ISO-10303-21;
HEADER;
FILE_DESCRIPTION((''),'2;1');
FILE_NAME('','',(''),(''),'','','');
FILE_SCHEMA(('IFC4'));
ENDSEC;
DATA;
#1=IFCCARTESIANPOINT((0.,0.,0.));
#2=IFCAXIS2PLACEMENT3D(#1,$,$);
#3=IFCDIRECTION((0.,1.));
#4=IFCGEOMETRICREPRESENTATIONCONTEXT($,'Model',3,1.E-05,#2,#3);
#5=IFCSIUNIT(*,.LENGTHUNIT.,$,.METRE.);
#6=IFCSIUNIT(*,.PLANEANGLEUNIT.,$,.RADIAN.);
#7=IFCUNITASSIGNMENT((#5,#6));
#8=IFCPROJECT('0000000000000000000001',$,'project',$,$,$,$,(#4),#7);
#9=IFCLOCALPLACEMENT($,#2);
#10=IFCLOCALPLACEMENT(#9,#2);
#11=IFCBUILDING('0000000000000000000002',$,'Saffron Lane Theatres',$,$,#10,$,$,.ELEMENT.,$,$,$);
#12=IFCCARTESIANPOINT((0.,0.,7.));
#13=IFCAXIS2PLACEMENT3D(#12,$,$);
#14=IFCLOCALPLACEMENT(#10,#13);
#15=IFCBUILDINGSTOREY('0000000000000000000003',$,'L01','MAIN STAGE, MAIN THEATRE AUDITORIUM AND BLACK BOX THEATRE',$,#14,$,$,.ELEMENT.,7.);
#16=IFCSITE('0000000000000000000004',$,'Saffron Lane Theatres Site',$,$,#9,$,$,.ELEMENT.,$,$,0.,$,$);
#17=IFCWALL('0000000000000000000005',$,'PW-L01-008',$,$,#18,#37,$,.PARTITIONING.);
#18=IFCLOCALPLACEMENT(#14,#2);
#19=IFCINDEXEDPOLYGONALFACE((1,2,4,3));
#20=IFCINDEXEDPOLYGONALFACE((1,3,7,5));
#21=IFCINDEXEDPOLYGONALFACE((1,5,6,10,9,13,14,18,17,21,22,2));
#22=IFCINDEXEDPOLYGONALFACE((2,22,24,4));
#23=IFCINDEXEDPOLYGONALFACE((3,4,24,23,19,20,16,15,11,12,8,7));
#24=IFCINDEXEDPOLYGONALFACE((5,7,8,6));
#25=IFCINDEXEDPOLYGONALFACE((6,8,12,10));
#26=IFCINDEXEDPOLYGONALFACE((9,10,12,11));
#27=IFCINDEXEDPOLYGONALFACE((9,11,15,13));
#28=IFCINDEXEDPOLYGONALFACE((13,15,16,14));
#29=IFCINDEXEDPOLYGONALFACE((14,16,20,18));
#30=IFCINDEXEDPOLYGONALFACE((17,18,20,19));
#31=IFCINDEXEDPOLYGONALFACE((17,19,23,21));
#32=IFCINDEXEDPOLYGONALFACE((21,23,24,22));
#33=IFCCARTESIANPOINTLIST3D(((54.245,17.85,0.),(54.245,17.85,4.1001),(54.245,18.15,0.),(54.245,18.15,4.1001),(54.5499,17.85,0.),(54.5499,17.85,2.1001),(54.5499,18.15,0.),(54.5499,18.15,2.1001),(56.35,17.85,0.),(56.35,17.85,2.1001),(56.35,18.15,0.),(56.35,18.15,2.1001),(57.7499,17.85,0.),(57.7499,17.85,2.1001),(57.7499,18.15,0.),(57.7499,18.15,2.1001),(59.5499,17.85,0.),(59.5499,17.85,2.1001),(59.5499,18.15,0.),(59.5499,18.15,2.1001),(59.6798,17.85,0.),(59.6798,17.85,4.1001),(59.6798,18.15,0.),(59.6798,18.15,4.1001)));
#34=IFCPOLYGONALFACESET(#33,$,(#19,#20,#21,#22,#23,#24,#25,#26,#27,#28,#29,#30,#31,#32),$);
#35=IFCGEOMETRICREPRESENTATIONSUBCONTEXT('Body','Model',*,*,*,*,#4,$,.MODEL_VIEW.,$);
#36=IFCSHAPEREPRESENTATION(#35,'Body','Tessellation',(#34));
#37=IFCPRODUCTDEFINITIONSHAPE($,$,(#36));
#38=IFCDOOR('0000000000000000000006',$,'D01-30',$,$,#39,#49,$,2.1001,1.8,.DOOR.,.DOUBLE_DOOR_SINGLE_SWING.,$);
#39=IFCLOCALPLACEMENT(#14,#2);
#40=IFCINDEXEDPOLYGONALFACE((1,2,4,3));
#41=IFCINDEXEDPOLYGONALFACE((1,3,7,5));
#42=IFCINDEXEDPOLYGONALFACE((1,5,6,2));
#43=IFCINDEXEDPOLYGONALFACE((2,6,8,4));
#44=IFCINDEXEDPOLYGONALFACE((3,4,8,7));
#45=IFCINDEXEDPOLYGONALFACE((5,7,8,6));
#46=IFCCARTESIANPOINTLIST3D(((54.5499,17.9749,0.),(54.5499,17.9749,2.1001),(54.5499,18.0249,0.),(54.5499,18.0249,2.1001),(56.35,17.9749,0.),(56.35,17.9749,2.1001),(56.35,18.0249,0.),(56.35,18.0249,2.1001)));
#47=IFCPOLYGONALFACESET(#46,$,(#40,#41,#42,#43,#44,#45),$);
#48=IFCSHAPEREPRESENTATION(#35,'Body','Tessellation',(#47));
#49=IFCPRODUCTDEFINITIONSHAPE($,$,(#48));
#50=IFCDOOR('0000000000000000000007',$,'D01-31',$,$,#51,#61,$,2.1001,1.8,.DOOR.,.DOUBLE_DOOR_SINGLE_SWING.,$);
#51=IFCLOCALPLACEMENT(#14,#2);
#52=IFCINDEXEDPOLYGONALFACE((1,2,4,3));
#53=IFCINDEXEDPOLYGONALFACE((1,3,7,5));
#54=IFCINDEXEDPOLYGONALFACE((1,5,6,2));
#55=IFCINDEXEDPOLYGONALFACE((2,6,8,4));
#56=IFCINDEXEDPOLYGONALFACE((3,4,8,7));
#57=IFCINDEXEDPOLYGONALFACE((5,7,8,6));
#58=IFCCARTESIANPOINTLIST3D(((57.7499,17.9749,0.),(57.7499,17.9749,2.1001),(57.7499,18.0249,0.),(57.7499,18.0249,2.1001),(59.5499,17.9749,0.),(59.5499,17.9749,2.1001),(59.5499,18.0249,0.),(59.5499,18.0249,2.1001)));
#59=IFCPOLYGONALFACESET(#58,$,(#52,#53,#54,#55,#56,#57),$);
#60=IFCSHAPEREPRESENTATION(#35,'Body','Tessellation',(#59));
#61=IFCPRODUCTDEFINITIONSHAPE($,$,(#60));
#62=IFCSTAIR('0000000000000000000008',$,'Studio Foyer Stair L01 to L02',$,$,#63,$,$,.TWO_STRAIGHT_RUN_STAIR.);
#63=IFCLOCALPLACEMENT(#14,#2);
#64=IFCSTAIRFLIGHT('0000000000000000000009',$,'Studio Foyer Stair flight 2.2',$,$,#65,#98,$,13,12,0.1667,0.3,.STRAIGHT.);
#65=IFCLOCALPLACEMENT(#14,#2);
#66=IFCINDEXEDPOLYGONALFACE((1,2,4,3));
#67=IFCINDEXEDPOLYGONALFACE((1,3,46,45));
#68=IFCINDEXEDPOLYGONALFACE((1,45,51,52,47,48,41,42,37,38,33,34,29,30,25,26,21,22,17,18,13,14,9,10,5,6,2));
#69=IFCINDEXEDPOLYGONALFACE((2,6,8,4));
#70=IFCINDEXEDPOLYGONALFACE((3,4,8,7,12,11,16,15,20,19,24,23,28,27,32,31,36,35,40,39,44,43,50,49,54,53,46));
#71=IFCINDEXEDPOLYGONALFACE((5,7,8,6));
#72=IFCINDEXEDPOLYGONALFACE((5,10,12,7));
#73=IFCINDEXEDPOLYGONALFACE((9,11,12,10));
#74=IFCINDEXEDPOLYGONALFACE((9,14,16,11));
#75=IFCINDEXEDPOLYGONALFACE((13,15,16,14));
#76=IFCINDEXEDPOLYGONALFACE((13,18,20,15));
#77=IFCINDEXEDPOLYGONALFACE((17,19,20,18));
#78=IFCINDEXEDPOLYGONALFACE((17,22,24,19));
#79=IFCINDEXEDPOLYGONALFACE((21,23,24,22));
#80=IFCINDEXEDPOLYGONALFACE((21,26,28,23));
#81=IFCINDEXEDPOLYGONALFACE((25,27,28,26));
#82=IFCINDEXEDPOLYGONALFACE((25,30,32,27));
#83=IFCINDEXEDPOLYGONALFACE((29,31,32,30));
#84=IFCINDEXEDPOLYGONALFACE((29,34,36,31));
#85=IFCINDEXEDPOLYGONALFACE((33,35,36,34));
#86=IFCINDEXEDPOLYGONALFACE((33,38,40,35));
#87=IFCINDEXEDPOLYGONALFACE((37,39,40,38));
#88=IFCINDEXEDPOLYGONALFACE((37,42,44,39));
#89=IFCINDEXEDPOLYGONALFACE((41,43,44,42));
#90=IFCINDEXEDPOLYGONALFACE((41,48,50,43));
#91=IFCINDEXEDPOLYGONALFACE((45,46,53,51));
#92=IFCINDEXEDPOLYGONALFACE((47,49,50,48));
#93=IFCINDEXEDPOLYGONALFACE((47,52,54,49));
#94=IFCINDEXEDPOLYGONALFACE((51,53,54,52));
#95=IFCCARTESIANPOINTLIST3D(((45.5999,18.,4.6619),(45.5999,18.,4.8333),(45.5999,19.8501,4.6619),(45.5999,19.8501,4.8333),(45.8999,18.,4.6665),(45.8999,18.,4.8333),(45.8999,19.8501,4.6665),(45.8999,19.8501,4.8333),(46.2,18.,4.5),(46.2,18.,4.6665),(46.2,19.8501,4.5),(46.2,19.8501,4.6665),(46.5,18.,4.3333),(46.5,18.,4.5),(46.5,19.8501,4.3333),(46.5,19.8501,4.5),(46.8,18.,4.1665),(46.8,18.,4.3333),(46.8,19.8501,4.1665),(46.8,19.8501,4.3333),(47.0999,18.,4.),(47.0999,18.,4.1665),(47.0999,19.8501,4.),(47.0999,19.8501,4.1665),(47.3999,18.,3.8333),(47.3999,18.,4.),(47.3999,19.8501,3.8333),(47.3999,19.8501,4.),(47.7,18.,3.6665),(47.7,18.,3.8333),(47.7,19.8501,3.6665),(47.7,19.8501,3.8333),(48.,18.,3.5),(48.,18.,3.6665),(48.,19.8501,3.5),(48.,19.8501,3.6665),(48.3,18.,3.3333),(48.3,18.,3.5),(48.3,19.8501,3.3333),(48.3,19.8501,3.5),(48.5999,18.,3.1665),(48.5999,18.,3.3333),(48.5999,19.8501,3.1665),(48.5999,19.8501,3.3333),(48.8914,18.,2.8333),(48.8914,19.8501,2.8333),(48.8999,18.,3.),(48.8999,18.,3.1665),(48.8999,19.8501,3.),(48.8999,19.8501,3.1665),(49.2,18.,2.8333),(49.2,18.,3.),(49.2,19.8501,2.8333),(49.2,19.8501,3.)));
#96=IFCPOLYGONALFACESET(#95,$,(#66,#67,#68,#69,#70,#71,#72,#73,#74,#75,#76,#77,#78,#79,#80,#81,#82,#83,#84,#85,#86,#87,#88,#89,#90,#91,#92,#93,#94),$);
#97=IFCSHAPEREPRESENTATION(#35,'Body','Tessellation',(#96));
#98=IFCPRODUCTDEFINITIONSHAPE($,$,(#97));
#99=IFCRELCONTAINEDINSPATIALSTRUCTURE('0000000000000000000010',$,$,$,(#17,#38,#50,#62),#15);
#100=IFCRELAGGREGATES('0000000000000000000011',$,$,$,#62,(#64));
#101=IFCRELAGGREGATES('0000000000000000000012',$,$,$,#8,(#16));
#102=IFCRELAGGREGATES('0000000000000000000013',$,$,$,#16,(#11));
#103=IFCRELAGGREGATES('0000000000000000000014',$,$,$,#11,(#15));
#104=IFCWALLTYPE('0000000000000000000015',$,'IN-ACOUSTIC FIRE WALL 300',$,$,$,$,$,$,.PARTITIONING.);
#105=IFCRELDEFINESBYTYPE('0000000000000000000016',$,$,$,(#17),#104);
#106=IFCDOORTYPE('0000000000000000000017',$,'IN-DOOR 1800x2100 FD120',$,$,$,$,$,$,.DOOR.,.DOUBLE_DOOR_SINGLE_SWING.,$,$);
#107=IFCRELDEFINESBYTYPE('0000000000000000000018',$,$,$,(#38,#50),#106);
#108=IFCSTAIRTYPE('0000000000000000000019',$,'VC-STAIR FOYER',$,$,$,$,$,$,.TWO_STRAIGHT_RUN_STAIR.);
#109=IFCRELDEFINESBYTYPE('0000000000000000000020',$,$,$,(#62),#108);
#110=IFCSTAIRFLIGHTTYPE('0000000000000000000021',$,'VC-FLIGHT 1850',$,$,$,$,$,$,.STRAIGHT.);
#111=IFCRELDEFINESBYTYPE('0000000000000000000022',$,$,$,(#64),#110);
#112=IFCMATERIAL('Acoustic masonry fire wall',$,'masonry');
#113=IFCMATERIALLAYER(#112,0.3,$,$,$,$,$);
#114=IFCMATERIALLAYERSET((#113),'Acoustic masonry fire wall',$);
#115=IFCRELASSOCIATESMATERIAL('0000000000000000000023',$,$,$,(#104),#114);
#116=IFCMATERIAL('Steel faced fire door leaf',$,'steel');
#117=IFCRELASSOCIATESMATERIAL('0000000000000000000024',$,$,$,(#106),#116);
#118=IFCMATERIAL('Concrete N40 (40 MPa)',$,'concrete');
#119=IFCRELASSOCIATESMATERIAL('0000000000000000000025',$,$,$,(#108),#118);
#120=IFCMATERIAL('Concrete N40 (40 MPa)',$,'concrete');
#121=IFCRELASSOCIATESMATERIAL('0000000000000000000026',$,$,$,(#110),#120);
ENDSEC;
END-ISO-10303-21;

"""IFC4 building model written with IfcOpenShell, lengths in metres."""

from ifc_helpers import new_model, si_unit, direction, frame, frame_2d, origin, place, context, subcontext, project, spatial, polyline, rectangle, outline, extrude, material, layer, layer_set, type_object, element, fill, aggregate, save


model = new_model("IFC4")

# Units and contexts
model_context = context("Model", 3, precision=1e-05, world=origin(), true_north=direction((0.0, 1.0)))
body_context = subcontext(model_context, "Body", "Model", "MODEL_VIEW")
ifc_project = project(units=[si_unit("LENGTHUNIT", "METRE"), si_unit("PLANEANGLEUNIT", "RADIAN")], contexts=[model_context])

# Site, building, storey
site_placement = place(None, origin())
site = spatial("IfcSite", under=ifc_project, at=site_placement, Name="Saffron Lane Theatres Site", CompositionType="ELEMENT", RefElevation=0.0)
building_placement = place(site_placement, origin())
building = spatial("IfcBuilding", under=site, at=building_placement, Name="Saffron Lane Theatres", CompositionType="ELEMENT")
storey_placement = place(building_placement, frame((0.0, 0.0, 7.0)))
storey = spatial("IfcBuildingStorey", under=building, at=storey_placement, Name="L01", Description="MAIN STAGE, MAIN THEATRE AUDITORIUM AND BLACK BOX THEATRE", CompositionType="ELEMENT", Elevation=7.0)

# Wall, openings, doors
ifc_material_1 = material(Name="Acoustic masonry fire wall", Category="masonry")
ifc_layer = layer(ifc_material_1, 0.3)
ifc_layer_set = layer_set([ifc_layer], Name="Acoustic masonry fire wall")
wall_type = type_object("IfcWallType", Name="IN-ACOUSTIC FIRE WALL 300", PredefinedType="PARTITIONING", material=ifc_layer_set)
wall_placement = place(storey_placement, frame((54.2451, 18.0, 0.0), z_axis=(0.0, 0.0, 1.0), x_axis=(1.0, 0.0, 0.0)))
wall = element("IfcWall", 1, at=wall_placement, inside=storey, type_object=wall_type, Name="PW-L01-008", PredefinedType="PARTITIONING", context=body_context, shape_type="SweptSolid", body=[
    extrude(rectangle(XDim=5.4348, YDim=0.3, at=frame_2d((2.7173, 0.0))), origin(), (0.0, 0.0, 1.0), 4.1001),
])
opening_1_placement = place(wall_placement, frame((0.3049, 0.0, 0.0)))
opening_1 = element("IfcOpeningElement", 2, at=opening_1_placement, cuts=wall, PredefinedType="OPENING", context=body_context, shape_type="SweptSolid", body=[
    extrude(rectangle(XDim=1.8, YDim=2.1001, at=frame_2d((0.8999, 1.05))), frame((0.0, 0.1602, 0.0), z_axis=(0.0, -1.0, 0.0), x_axis=(1.0, 0.0, 0.0)), (0.0, 0.0, 1.0), 0.3201),
])
opening_2_placement = place(wall_placement, frame((3.5049, 0.0, 0.0)))
opening_2 = element("IfcOpeningElement", 3, at=opening_2_placement, cuts=wall, PredefinedType="OPENING", context=body_context, shape_type="SweptSolid", body=[
    extrude(rectangle(XDim=1.8, YDim=2.1001, at=frame_2d((0.8999, 1.05))), frame((0.0, 0.1602, 0.0), z_axis=(0.0, -1.0, 0.0), x_axis=(1.0, 0.0, 0.0)), (0.0, 0.0, 1.0), 0.3201),
])
ifc_material_2 = material(Name="Steel faced fire door leaf", Category="steel")
door_type = type_object("IfcDoorType", Name="IN-DOOR 1800x2100 FD120", OperationType="DOUBLE_DOOR_SINGLE_SWING", PredefinedType="DOOR", material=ifc_material_2)
door_1_placement = place(opening_1_placement, origin())
door_1 = element("IfcDoor", 4, at=door_1_placement, inside=storey, type_object=door_type, Name="D01-30", OperationType="DOUBLE_DOOR_SINGLE_SWING", OverallHeight=2.1001, OverallWidth=1.8, PredefinedType="DOOR", context=body_context, shape_type="SweptSolid", body=[
    extrude(rectangle(XDim=1.8, YDim=2.1001, at=frame_2d((0.8999, 1.05))), frame((0.0, 0.0249, 0.0), z_axis=(0.0, -1.0, 0.0), x_axis=(1.0, 0.0, 0.0)), (0.0, 0.0, 1.0), 0.05),
])
fill(opening_1, door_1)
door_2_placement = place(opening_2_placement, origin())
door_2 = element("IfcDoor", 5, at=door_2_placement, inside=storey, type_object=door_type, Name="D01-31", OperationType="DOUBLE_DOOR_SINGLE_SWING", OverallHeight=2.1001, OverallWidth=1.8, PredefinedType="DOOR", context=body_context, shape_type="SweptSolid", body=[
    extrude(rectangle(XDim=1.8, YDim=2.1001, at=frame_2d((0.8999, 1.05))), frame((0.0, 0.0249, 0.0), z_axis=(0.0, -1.0, 0.0), x_axis=(1.0, 0.0, 0.0)), (0.0, 0.0, 1.0), 0.05),
])
fill(opening_2, door_2)

# Stair, stair flight
ifc_material_3 = material(Name="Concrete N40 (40 MPa)", Category="concrete")
stair_type = type_object("IfcStairType", Name="VC-STAIR FOYER", PredefinedType="TWO_STRAIGHT_RUN_STAIR", material=ifc_material_3)
stair_placement = place(storey_placement, origin())
stair = element("IfcStair", 6, at=stair_placement, inside=storey, type_object=stair_type, Name="Studio Foyer Stair L01 to L02", PredefinedType="TWO_STRAIGHT_RUN_STAIR")
ifc_material_4 = material(Name="Concrete N40 (40 MPa)", Category="concrete")
stair_flight_type = type_object("IfcStairFlightType", Name="VC-FLIGHT 1850", PredefinedType="STRAIGHT", material=ifc_material_4)
stair_flight_placement = place(storey_placement, frame((49.2, 18.925, 2.8333), z_axis=(0.0, 0.0, 1.0), x_axis=(-1.0, 0.0, 0.0)))
stair_flight = element("IfcStairFlight", 7, at=stair_flight_placement, type_object=stair_flight_type, Name="Studio Foyer Stair flight 2.2", NumberOfRisers=13, NumberOfTreads=12, PredefinedType="STRAIGHT", RiserHeight=0.1667, TreadLength=0.3, context=body_context, shape_type="SweptSolid", body=[
    extrude(outline(polyline([(0.0, 0.0), (0.0, 0.1667), (0.3, 0.1667), (0.3, 0.3333), (0.6001, 0.3333), (0.6001, 0.5), (0.8999, 0.5), (0.8999, 0.6667), (1.2, 0.6667), (1.2, 0.8333), (1.5, 0.8333), (1.5, 1.0), (1.8, 1.0), (1.8, 1.1667), (2.1001, 1.1667), (2.1001, 1.3333), (2.3999, 1.3333), (2.3999, 1.5), (2.7, 1.5), (2.7, 1.6667), (3.0, 1.6667), (3.0, 1.8333), (3.3, 1.8333), (3.3, 2.0), (3.6001, 2.0), (3.6001, 2.1667), (3.6001, 1.8286), (0.3086, 0.0), (0.0, 0.0)])), frame((0.0, 0.925, 0.0), z_axis=(0.0, -1.0, 0.0), x_axis=(1.0, 0.0, 0.0)), (0.0, 0.0, 1.0), 1.8501),
])
aggregate(stair, [stair_flight])

save(model, "model.ifc")
